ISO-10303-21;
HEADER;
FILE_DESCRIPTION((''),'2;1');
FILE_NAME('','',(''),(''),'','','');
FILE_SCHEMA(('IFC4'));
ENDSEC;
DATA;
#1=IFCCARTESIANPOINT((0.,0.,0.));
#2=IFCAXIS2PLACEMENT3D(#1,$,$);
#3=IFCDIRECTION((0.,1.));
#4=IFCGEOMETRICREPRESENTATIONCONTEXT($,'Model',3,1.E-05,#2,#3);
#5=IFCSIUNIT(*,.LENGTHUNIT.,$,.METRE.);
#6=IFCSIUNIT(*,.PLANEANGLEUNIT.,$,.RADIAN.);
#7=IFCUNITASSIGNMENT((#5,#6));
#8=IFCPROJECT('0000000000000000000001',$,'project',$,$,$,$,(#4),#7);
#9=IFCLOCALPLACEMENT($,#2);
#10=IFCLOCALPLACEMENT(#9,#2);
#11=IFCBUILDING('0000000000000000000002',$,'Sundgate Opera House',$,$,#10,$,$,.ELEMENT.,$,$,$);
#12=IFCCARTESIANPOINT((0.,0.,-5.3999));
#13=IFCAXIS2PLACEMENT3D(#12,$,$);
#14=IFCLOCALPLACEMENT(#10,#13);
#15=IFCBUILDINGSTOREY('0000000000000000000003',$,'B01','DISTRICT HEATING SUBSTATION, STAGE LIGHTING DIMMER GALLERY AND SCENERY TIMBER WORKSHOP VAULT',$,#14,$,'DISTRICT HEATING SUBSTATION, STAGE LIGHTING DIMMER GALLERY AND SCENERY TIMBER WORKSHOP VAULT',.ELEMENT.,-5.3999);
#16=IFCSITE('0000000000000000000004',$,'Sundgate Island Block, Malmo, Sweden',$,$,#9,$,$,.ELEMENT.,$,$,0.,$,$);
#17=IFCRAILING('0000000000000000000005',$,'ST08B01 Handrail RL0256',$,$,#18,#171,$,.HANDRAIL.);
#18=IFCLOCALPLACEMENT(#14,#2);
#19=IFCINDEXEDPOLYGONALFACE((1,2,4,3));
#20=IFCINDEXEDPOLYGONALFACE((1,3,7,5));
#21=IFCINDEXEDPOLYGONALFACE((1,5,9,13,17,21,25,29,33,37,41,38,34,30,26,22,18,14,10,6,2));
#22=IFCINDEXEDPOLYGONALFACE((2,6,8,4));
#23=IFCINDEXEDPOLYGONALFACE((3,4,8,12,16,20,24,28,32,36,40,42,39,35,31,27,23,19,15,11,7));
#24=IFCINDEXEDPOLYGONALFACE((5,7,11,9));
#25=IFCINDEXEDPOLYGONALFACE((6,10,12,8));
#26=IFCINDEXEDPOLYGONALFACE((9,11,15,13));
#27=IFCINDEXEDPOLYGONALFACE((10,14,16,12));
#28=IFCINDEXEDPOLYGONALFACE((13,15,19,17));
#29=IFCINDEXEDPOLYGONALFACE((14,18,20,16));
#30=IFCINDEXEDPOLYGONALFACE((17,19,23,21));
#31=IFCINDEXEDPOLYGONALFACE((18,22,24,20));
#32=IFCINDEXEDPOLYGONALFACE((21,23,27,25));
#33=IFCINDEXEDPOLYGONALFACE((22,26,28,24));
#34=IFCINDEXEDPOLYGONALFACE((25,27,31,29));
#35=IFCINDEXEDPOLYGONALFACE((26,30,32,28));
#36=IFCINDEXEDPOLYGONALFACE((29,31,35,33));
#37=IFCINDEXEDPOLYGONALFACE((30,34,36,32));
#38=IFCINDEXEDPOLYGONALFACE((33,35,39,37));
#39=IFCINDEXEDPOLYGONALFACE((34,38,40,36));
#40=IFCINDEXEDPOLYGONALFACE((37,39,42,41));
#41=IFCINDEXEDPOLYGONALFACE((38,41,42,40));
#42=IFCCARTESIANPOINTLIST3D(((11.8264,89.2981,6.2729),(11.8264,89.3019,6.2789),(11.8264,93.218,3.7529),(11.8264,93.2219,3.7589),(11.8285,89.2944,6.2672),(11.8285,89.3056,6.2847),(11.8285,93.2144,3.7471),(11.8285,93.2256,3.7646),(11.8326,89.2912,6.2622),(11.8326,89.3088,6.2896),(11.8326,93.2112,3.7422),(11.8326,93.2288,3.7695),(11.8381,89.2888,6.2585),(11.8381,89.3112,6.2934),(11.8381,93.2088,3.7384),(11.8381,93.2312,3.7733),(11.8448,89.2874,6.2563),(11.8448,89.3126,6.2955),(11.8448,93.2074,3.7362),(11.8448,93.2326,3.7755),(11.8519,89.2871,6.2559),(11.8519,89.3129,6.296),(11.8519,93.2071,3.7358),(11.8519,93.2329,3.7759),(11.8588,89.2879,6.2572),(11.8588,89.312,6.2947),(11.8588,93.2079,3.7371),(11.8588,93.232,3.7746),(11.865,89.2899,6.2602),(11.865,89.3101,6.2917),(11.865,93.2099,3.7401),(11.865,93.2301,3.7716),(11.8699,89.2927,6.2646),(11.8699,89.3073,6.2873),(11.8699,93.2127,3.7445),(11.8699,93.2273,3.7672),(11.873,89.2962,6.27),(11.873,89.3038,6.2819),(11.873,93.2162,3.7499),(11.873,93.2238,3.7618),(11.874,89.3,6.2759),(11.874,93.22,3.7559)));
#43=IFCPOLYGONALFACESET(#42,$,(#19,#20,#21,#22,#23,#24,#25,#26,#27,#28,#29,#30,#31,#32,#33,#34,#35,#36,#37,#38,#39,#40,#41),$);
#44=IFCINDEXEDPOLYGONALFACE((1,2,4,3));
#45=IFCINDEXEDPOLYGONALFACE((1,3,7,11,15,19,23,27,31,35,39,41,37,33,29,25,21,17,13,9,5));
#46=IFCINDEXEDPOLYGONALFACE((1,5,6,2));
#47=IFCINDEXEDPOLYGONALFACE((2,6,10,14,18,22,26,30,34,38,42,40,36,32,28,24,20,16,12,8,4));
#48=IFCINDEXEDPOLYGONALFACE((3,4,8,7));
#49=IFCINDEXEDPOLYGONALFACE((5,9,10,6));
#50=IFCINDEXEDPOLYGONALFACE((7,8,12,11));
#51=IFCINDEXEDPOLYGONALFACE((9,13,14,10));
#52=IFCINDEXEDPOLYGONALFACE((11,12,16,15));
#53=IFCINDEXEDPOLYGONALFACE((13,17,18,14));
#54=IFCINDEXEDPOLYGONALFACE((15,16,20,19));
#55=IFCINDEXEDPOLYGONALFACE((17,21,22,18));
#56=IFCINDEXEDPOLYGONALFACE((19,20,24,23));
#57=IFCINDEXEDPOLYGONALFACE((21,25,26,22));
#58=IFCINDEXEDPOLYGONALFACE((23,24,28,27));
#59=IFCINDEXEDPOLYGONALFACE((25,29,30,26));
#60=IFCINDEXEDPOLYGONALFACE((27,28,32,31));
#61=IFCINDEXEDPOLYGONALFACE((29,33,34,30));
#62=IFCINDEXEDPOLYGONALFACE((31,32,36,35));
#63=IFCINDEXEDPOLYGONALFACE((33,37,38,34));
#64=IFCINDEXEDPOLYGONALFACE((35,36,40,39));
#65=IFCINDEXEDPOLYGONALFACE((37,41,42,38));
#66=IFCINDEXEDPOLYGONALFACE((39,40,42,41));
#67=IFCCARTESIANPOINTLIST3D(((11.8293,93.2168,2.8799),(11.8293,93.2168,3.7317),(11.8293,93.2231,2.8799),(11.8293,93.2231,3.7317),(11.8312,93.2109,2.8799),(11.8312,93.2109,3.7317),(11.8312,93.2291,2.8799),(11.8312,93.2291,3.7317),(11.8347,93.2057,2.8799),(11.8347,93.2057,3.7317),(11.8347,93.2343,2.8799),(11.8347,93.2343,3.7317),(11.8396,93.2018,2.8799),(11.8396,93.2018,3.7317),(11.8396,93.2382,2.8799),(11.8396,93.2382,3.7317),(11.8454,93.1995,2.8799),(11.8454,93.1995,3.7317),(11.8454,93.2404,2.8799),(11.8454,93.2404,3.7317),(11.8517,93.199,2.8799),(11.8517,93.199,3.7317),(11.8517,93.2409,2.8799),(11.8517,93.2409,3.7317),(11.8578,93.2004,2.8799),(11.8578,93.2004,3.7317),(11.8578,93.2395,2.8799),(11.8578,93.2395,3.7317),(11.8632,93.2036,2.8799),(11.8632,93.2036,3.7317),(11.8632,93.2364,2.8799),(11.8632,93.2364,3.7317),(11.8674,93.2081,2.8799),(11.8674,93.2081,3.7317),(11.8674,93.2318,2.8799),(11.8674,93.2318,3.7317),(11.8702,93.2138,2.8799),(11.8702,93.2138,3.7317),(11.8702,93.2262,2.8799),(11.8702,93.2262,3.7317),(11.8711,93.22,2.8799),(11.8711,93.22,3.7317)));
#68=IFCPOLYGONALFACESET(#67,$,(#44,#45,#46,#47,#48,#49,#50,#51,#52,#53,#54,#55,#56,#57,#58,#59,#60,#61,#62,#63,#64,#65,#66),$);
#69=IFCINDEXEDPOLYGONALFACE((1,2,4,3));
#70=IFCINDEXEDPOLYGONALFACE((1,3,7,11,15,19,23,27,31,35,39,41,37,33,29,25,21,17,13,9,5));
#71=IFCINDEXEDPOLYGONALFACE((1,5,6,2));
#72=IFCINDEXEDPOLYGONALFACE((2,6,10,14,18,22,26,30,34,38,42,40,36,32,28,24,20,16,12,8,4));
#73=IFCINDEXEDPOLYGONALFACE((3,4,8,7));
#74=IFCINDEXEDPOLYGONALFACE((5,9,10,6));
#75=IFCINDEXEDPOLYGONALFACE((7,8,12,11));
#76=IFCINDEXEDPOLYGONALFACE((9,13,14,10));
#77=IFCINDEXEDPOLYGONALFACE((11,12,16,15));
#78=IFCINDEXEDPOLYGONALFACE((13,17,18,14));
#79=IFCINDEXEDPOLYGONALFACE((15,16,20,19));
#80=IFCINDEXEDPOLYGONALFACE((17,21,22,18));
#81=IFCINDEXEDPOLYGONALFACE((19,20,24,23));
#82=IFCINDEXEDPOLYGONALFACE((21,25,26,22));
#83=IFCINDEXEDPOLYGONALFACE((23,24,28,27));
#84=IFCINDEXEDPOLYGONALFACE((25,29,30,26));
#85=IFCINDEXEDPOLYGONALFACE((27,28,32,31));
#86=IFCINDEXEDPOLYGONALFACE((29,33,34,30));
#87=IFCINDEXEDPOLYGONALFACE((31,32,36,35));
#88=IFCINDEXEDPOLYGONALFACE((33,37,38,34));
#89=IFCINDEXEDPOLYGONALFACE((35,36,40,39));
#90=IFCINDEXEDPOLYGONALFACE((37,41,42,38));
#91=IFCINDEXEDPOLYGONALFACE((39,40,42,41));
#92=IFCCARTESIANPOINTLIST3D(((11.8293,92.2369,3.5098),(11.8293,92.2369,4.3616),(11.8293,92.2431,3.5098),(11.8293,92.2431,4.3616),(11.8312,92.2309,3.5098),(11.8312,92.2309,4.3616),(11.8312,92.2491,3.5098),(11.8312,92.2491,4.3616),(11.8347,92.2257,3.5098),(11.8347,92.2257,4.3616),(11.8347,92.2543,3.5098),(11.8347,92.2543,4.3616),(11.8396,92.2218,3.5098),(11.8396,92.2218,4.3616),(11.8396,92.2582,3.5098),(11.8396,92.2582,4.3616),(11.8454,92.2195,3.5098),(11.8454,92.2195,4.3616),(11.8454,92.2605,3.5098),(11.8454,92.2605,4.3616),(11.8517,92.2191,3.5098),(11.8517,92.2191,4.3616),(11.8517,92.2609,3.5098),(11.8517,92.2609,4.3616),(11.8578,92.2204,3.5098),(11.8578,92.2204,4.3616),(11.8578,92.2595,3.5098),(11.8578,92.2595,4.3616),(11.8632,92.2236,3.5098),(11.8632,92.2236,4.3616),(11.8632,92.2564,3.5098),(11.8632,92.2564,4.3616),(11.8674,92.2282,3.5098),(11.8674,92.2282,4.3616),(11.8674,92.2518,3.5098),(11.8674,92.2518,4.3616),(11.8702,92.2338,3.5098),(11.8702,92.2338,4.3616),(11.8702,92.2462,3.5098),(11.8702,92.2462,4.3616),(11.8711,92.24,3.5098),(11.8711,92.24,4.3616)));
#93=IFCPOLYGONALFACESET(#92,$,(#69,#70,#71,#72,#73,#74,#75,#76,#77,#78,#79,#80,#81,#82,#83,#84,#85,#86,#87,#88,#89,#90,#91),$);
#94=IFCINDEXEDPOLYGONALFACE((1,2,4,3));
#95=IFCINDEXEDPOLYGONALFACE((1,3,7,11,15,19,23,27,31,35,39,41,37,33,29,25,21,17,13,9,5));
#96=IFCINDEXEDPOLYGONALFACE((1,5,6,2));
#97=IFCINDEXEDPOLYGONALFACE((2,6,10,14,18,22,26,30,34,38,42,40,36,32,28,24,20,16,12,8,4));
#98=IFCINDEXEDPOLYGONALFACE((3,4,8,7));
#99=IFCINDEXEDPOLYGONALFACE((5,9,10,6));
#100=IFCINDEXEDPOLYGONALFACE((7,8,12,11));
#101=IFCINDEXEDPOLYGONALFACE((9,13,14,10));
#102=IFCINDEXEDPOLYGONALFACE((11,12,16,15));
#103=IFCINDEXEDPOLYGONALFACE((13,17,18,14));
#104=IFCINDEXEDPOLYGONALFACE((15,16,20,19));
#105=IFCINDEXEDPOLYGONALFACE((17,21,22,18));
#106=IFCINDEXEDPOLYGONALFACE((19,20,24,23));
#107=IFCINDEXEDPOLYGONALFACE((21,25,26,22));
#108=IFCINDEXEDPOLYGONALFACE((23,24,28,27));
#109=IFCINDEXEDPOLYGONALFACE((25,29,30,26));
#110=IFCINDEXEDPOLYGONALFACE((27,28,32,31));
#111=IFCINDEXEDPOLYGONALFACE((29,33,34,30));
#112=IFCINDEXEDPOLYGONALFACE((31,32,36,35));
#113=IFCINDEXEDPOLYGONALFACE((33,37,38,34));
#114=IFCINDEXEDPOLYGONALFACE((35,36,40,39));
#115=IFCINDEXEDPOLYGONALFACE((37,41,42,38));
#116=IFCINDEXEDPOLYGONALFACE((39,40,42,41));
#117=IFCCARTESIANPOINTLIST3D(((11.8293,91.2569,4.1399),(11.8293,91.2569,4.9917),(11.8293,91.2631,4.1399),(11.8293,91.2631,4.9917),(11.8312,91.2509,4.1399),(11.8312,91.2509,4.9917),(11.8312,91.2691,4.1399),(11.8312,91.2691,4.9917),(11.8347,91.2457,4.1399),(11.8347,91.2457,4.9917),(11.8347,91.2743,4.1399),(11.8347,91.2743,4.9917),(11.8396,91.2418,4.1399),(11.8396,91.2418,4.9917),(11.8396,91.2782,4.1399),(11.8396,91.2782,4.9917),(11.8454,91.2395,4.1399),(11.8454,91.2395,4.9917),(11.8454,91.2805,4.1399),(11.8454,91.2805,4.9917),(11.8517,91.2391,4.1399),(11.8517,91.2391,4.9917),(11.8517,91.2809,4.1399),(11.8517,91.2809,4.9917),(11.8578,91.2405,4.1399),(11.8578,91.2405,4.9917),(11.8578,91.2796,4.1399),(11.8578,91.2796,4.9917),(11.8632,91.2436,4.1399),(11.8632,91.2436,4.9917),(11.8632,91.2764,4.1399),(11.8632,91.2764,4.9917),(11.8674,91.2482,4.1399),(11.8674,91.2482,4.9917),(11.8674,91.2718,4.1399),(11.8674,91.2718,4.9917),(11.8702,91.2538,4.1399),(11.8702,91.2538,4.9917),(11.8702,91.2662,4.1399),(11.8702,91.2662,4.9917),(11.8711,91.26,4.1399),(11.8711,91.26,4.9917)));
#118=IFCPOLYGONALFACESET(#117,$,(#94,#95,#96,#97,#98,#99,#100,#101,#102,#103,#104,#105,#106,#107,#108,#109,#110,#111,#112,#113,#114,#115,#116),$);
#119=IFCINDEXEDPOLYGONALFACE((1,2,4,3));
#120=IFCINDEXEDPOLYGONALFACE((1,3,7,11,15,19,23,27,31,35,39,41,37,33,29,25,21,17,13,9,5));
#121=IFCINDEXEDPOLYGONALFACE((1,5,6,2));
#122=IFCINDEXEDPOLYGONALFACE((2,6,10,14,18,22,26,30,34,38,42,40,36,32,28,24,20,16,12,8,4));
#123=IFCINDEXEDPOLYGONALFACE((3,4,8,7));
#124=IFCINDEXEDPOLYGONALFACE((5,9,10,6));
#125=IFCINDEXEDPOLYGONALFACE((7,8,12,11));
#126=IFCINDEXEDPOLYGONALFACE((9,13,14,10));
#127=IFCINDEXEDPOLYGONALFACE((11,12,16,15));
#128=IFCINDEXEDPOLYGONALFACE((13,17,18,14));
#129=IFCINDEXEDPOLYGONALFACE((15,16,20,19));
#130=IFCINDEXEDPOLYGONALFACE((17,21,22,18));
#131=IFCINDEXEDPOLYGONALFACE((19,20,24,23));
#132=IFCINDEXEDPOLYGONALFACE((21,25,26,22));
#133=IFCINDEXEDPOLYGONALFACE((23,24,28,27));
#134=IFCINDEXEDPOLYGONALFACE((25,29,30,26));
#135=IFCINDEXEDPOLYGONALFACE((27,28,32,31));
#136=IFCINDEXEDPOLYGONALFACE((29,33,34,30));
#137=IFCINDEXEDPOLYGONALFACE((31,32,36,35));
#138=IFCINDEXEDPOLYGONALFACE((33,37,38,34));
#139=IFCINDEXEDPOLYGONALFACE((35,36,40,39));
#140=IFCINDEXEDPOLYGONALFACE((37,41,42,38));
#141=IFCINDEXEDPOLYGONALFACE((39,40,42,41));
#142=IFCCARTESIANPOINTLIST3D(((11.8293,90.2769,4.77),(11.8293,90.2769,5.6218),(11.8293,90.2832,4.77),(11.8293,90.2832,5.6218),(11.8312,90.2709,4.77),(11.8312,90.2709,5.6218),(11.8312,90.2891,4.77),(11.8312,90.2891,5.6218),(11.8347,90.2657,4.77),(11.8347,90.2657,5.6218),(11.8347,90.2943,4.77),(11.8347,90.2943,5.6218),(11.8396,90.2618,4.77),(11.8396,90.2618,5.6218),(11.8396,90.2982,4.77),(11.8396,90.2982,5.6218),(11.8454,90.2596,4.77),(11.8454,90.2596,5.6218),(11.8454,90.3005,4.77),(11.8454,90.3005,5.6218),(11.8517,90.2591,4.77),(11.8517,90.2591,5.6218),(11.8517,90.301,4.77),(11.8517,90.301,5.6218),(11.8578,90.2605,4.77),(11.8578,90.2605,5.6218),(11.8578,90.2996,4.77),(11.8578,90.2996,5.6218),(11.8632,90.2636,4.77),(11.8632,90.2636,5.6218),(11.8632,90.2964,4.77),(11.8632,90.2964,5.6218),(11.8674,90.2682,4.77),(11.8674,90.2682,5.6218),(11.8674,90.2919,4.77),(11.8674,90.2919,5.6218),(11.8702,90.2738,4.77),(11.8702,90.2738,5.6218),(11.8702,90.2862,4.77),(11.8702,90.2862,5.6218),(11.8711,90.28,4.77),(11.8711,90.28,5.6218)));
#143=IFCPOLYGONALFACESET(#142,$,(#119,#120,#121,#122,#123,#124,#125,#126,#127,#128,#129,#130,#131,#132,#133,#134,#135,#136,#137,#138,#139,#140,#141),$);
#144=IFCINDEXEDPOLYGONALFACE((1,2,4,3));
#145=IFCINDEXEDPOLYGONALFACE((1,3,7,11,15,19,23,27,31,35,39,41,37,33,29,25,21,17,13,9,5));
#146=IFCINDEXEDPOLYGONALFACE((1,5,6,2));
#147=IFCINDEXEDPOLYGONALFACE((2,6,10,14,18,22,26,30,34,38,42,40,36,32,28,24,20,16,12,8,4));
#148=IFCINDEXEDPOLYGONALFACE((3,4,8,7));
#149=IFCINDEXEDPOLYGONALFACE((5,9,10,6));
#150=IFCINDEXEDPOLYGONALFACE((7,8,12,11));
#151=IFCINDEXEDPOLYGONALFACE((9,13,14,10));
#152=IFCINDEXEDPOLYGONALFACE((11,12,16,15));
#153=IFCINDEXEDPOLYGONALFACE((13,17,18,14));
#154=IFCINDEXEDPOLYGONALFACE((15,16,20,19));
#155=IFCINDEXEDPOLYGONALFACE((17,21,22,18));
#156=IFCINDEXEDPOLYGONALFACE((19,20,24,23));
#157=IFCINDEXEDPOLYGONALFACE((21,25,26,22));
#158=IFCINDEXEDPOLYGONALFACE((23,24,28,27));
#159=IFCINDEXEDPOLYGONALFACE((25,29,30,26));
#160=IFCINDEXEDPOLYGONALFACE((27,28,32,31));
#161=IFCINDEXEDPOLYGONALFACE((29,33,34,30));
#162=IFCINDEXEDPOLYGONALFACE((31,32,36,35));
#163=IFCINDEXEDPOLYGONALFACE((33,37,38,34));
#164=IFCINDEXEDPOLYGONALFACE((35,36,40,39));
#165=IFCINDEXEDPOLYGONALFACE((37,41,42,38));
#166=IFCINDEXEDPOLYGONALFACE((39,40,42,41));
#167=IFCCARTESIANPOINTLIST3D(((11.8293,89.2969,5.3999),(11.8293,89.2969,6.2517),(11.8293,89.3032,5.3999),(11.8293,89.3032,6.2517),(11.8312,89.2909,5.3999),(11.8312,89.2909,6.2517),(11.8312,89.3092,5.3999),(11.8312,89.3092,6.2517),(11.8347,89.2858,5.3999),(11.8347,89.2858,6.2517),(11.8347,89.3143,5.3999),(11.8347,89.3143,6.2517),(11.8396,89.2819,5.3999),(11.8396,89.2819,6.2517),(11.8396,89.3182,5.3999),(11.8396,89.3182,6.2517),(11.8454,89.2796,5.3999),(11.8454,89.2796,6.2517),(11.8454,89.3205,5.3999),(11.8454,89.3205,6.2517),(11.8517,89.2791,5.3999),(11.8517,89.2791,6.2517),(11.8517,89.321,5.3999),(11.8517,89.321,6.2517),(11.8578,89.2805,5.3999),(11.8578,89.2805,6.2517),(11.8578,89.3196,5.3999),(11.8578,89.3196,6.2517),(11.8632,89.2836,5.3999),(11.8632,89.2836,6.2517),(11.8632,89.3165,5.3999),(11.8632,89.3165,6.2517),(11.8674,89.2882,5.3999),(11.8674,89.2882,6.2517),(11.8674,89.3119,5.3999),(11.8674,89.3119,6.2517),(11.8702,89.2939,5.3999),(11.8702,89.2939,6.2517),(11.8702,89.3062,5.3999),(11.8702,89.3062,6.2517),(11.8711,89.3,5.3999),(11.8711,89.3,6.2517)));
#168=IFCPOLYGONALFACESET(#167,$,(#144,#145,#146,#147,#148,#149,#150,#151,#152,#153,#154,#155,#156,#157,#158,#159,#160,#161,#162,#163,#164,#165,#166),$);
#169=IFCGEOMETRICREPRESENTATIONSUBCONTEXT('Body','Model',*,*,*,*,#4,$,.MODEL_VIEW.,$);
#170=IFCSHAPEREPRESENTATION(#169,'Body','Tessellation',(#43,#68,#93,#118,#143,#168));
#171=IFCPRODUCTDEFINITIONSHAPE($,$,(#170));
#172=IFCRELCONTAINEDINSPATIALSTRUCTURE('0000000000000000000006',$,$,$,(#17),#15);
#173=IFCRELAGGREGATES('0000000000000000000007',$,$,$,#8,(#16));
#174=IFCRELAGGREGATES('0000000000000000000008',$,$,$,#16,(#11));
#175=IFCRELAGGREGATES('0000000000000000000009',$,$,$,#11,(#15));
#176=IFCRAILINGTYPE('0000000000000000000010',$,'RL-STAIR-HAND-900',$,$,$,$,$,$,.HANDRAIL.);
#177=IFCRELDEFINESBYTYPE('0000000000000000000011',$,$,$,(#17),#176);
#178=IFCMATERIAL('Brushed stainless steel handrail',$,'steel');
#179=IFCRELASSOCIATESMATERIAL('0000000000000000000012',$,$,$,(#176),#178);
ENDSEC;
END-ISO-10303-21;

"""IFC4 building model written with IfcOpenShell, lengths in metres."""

from ifc_helpers import new_model, si_unit, direction, frame, origin, origin_2d, place, context, subcontext, project, spatial, circle, extrude, material, type_object, element, save


model = new_model("IFC4")

# Units and contexts
model_context = context("Model", 3, precision=1e-05, world=origin(), true_north=direction((0.0, 1.0)))
body_context = subcontext(model_context, "Body", "Model", "MODEL_VIEW")
ifc_project = project(units=[si_unit("LENGTHUNIT", "METRE"), si_unit("PLANEANGLEUNIT", "RADIAN")], contexts=[model_context])

# Site, building, storey
site_placement = place(None, origin())
site = spatial("IfcSite", under=ifc_project, at=site_placement, Name="Sundgate Island Block, Malmo, Sweden", CompositionType="ELEMENT", RefElevation=0.0)
building_placement = place(site_placement, origin())
building = spatial("IfcBuilding", under=site, at=building_placement, Name="Sundgate Opera House", CompositionType="ELEMENT")
storey_placement = place(building_placement, frame((0.0, 0.0, -5.3999)))
storey = spatial("IfcBuildingStorey", under=building, at=storey_placement, Name="B01", Description="DISTRICT HEATING SUBSTATION, STAGE LIGHTING DIMMER GALLERY AND SCENERY TIMBER WORKSHOP VAULT", LongName="DISTRICT HEATING SUBSTATION, STAGE LIGHTING DIMMER GALLERY AND SCENERY TIMBER WORKSHOP VAULT", CompositionType="ELEMENT", Elevation=-5.3999)

# Railing
ifc_material_1 = material(Name="Brushed stainless steel handrail", Category="steel")
railing_type_1 = type_object("IfcRailingType", Name="RL-STAIR-HAND-900", PredefinedType="HANDRAIL", material=ifc_material_1)
railing_1_placement = place(storey_placement, frame((11.8501, 93.22, 2.8799)))
element("IfcRailing", 1, at=railing_1_placement, inside=storey, type_object=railing_type_1, Name="ST08B01 Handrail RL0256", PredefinedType="HANDRAIL", context=body_context, shape_type="SweptSolid", body=[
    extrude(circle(Radius=0.0239, at=origin_2d()), frame((0.0, 0.0, 0.876), z_axis=(0.0, -0.841172, 0.540768), x_axis=(1.0, 0.0, 0.0)), (0.0, 0.0, 1.0), 4.6602),
    extrude(circle(Radius=0.021, at=origin_2d()), origin(), (0.0, 0.0, 1.0), 0.8518),
    extrude(circle(Radius=0.021, at=origin_2d()), frame((0.0, -0.98, 0.6299)), (0.0, 0.0, 1.0), 0.8518),
    extrude(circle(Radius=0.021, at=origin_2d()), frame((0.0, -1.96, 1.26)), (0.0, 0.0, 1.0), 0.8518),
    extrude(circle(Radius=0.021, at=origin_2d()), frame((0.0, -2.9399, 1.8901)), (0.0, 0.0, 1.0), 0.8518),
    extrude(circle(Radius=0.021, at=origin_2d()), frame((0.0, -3.9199, 2.52)), (0.0, 0.0, 1.0), 0.8518),
])

save(model, "model.ifc")
